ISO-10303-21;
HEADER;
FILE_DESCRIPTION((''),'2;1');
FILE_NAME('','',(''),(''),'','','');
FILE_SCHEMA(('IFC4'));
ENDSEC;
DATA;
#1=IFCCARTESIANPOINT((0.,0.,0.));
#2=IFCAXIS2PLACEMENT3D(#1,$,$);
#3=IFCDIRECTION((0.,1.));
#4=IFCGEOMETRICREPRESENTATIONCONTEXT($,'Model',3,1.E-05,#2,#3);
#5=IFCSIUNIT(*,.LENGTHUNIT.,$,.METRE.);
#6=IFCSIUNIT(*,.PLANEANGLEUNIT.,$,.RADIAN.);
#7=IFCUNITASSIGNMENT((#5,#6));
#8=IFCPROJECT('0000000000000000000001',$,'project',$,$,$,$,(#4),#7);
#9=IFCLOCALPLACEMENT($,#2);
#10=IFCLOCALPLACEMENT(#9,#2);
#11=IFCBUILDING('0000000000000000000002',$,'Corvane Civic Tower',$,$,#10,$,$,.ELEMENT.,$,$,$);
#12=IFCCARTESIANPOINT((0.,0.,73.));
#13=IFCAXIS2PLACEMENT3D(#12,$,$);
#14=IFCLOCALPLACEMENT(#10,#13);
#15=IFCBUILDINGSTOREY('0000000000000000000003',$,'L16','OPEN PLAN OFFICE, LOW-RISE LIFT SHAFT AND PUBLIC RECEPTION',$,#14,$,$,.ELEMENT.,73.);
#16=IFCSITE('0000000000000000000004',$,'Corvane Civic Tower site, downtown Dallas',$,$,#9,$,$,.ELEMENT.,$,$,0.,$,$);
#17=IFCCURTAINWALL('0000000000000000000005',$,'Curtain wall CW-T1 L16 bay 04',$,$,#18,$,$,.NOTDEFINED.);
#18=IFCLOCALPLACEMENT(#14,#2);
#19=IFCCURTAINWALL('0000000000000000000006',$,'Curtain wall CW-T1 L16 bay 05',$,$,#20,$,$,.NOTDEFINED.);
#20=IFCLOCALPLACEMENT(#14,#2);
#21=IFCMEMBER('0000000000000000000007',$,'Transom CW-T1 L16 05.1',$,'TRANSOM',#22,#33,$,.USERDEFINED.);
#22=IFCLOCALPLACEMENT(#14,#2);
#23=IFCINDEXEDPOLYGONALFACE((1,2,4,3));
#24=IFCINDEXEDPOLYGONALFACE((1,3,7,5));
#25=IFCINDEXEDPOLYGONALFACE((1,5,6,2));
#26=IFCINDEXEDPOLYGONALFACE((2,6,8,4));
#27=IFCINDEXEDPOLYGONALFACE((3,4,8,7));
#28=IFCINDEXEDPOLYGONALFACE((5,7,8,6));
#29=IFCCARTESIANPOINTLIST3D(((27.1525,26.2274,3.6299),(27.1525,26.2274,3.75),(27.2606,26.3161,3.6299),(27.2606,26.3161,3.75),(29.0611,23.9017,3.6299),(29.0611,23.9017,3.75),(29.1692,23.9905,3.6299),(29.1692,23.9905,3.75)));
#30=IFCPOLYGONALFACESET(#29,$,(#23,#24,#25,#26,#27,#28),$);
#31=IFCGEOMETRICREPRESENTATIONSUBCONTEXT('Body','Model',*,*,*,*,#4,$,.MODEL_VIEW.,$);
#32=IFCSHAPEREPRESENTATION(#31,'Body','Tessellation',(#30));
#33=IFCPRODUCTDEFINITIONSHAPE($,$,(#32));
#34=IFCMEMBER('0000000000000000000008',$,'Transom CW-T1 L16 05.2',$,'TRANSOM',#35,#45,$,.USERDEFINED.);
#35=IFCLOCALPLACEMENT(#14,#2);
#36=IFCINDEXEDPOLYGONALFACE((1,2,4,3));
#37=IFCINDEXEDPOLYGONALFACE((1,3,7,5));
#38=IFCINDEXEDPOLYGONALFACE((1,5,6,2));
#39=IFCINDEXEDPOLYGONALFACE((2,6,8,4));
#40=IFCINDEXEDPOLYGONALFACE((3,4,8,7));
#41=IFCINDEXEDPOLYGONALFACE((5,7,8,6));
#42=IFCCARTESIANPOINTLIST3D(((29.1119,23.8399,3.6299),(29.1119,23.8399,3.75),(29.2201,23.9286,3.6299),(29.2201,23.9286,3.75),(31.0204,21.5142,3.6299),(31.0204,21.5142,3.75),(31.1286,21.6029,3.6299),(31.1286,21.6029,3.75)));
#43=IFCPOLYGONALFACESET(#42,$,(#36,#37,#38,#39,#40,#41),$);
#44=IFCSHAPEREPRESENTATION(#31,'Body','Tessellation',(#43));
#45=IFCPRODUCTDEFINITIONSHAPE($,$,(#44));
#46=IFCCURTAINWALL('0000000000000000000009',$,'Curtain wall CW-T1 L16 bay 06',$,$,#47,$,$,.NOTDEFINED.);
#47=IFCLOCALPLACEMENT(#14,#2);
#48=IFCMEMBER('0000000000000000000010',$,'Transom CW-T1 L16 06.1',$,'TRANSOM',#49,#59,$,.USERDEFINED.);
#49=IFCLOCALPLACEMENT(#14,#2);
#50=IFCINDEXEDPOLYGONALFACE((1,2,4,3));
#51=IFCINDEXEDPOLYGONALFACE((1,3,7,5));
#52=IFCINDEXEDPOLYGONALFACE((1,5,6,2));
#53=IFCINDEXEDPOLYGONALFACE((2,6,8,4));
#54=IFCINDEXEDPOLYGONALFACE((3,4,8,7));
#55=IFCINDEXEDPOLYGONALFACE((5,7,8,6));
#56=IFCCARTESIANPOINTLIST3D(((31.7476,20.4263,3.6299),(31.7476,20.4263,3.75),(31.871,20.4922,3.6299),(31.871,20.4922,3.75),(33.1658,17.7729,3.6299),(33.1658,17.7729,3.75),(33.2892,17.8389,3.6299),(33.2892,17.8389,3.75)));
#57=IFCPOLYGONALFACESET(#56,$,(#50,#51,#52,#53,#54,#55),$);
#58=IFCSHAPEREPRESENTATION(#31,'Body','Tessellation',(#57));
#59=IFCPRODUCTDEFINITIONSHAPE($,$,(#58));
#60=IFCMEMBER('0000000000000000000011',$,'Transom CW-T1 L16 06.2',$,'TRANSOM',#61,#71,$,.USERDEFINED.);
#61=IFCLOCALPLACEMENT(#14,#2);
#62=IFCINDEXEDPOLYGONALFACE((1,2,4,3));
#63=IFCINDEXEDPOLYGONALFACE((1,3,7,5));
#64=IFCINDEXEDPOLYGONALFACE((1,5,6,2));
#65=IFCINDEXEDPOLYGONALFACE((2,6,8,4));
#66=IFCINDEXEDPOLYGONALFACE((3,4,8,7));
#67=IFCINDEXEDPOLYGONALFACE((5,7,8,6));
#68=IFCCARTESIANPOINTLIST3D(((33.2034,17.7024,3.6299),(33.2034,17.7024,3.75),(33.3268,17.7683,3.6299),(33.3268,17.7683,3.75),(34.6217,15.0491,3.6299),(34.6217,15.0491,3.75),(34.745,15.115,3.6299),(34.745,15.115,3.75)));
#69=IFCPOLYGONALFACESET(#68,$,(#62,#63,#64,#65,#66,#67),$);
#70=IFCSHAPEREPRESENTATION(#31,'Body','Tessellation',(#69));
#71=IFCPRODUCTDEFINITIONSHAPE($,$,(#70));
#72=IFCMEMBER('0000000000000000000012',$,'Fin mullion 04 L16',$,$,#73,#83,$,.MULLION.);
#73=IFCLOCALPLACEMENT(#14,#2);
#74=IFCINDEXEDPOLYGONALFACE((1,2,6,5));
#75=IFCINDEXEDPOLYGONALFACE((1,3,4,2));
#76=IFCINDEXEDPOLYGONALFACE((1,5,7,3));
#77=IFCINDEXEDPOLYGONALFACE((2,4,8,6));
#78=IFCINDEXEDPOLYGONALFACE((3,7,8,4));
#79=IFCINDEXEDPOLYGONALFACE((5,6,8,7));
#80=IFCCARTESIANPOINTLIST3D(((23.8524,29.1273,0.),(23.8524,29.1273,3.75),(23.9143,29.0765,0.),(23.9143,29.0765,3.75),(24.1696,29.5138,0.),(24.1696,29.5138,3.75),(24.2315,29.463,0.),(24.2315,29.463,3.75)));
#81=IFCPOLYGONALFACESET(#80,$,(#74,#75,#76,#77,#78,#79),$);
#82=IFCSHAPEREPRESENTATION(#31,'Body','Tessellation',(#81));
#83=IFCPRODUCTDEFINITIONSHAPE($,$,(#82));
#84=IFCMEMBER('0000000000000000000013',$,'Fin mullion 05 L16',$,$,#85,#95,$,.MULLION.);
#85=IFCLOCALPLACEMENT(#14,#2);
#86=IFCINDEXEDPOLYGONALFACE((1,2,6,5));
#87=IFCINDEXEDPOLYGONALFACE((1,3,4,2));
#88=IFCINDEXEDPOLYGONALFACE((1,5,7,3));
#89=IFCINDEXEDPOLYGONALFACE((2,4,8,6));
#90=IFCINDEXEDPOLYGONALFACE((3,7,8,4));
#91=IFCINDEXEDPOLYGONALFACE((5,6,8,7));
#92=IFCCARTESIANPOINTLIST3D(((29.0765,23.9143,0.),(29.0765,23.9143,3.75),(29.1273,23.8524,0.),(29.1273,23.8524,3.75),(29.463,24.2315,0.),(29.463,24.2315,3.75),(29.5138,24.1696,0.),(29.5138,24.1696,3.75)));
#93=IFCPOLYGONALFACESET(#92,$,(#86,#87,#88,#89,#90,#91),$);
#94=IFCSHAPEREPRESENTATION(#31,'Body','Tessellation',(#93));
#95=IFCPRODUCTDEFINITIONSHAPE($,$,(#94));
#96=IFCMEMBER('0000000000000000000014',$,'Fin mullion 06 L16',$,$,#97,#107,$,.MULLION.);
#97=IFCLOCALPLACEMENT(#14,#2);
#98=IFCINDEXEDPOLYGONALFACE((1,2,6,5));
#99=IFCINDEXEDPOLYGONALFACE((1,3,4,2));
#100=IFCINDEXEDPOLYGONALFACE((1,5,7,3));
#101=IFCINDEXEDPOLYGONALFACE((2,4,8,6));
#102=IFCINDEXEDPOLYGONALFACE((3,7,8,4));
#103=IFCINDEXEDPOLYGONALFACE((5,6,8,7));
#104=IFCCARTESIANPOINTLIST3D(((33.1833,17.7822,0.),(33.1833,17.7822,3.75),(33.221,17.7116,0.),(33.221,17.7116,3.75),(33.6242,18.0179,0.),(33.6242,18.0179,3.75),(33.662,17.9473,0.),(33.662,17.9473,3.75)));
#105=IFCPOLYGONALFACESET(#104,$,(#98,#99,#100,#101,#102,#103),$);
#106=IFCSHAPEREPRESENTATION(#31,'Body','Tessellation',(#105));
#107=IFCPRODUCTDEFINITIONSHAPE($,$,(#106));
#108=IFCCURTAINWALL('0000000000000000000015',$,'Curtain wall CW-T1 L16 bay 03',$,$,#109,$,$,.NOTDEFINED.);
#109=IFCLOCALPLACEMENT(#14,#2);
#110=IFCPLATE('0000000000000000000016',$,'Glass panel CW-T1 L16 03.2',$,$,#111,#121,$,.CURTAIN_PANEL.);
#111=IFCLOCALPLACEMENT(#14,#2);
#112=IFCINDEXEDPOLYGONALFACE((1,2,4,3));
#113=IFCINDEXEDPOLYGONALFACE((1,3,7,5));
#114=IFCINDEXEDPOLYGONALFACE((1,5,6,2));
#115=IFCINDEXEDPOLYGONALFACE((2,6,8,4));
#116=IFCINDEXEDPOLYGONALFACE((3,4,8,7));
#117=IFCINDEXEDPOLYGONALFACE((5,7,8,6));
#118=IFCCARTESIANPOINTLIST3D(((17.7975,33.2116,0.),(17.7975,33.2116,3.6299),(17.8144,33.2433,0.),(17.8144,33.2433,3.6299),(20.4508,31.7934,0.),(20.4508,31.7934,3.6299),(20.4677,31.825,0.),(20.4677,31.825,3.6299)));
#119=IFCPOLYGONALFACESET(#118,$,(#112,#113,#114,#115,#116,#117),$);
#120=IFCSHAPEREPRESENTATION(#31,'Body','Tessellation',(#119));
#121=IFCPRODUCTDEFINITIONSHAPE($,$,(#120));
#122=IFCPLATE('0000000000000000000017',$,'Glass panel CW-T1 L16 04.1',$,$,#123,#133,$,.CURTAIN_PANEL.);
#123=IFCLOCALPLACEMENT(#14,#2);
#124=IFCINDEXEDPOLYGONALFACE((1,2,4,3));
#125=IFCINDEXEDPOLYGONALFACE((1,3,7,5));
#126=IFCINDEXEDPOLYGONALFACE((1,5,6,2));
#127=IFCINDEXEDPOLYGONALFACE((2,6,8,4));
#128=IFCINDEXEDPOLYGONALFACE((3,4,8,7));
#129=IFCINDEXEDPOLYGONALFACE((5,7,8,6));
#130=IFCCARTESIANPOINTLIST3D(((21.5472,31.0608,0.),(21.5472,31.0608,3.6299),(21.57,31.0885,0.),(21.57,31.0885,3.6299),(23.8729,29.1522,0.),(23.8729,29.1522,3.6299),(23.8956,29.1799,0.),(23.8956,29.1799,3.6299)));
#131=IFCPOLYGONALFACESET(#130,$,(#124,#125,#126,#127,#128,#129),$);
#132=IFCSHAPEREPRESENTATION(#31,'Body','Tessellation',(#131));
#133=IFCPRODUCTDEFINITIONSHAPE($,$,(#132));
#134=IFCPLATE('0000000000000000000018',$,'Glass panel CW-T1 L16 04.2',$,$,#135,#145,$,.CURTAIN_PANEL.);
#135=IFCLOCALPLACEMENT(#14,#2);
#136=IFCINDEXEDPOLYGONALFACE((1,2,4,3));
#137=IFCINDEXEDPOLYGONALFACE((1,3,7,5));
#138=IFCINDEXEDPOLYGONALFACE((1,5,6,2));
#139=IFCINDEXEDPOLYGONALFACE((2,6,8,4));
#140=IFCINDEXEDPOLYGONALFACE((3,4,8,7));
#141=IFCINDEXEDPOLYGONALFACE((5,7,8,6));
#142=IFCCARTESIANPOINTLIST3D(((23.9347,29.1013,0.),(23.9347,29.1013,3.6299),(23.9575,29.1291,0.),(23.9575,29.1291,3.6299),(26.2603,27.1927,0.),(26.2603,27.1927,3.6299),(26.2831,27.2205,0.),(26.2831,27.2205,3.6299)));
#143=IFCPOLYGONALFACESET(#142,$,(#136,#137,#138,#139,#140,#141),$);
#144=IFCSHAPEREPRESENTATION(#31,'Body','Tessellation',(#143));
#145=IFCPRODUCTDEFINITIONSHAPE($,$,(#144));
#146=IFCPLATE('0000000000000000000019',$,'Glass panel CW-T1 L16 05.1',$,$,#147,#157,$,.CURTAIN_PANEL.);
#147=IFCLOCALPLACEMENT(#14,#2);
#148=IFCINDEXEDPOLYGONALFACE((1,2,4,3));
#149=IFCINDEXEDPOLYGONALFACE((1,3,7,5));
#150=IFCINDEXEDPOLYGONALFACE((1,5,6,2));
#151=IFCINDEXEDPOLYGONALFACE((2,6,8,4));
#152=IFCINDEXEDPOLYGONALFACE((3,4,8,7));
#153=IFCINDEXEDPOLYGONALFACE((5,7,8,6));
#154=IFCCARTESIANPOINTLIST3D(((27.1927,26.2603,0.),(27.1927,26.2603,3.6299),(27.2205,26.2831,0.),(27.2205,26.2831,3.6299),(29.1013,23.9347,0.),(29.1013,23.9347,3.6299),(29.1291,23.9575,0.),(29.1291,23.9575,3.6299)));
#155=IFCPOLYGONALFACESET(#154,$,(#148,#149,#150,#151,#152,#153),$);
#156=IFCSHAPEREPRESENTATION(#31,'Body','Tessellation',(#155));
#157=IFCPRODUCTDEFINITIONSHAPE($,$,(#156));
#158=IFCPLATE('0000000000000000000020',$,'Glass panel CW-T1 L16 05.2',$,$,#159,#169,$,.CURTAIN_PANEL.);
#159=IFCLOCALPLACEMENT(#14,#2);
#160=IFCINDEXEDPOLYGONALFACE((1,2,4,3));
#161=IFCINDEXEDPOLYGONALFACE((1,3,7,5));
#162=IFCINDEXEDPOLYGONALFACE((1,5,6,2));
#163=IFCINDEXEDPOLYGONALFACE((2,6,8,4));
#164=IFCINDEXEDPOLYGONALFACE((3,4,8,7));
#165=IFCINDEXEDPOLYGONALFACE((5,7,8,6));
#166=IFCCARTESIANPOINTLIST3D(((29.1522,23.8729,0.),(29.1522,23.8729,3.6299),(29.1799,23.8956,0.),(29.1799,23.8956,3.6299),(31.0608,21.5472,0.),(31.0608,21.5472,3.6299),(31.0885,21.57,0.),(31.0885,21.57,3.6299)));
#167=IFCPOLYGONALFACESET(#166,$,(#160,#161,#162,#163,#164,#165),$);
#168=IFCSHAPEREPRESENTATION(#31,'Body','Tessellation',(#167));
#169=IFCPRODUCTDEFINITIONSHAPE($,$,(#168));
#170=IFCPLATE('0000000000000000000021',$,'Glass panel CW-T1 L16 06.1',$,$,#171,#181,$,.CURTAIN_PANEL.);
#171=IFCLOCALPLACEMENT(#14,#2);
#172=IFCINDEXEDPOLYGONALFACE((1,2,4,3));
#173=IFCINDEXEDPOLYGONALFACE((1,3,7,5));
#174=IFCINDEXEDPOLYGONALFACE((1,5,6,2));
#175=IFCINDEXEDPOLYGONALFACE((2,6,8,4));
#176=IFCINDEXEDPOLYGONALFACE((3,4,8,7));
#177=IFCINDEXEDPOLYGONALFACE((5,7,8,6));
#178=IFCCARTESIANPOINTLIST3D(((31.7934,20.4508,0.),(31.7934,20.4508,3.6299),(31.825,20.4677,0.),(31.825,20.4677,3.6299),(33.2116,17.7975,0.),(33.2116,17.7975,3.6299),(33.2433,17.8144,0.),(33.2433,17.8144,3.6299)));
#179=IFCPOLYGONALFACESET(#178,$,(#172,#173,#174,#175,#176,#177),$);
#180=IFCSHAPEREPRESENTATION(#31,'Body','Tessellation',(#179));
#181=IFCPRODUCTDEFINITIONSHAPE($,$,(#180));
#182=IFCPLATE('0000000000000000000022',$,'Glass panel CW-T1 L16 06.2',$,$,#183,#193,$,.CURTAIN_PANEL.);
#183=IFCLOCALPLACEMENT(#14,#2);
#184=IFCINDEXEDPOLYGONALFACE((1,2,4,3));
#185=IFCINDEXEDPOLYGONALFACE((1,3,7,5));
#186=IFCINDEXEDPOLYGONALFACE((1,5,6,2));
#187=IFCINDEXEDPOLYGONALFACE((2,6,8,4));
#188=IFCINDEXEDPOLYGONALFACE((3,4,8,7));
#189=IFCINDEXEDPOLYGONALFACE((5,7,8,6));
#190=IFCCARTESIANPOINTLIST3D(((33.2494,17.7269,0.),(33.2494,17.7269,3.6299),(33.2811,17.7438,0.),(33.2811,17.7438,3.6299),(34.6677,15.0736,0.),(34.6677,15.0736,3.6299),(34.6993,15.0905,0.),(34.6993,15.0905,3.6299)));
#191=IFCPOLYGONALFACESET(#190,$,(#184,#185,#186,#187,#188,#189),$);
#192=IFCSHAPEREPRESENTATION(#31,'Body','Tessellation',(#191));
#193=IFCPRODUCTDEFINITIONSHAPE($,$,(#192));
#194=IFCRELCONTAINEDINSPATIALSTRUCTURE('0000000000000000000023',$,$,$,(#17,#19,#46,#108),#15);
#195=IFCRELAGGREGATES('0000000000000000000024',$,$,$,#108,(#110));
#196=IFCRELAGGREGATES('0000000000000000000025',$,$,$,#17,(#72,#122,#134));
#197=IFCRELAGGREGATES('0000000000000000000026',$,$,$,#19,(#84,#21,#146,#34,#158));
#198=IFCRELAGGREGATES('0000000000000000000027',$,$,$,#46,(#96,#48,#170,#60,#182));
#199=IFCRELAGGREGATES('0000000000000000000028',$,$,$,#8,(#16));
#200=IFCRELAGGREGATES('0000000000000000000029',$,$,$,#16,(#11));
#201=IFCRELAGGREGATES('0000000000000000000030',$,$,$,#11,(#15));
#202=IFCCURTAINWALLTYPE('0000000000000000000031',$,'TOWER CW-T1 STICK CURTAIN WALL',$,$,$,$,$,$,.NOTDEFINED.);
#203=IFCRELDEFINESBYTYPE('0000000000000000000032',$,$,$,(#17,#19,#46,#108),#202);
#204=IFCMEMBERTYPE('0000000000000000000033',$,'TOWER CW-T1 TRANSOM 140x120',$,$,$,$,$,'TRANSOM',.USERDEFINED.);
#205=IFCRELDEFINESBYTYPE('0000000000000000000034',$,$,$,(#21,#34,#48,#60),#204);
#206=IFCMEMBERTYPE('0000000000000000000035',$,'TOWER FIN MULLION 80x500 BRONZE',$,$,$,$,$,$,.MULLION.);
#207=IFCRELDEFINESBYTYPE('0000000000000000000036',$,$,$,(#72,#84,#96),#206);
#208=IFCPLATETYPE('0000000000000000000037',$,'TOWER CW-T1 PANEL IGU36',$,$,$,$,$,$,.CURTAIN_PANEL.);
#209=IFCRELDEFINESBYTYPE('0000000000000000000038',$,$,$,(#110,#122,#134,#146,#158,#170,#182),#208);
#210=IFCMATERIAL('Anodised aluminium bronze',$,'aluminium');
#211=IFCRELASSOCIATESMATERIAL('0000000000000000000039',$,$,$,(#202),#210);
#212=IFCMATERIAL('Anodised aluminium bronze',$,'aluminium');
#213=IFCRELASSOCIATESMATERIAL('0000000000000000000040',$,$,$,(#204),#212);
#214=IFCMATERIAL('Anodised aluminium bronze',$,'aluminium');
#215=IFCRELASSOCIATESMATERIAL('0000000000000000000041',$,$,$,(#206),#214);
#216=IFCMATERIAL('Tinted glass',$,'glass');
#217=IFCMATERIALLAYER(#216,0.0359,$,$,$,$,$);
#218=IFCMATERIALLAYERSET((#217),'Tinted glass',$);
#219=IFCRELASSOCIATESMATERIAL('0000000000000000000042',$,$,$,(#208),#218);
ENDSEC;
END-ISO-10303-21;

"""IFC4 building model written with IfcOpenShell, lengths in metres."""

from ifc_helpers import new_model, si_unit, direction, frame, origin, origin_2d, place, context, subcontext, project, spatial, rectangle, extrude, material, layer, layer_set, material_profile, profile_set, type_object, element, aggregate, save


model = new_model("IFC4")

# Units and contexts
model_context = context("Model", 3, precision=1e-05, world=origin(), true_north=direction((0.0, 1.0)))
body_context = subcontext(model_context, "Body", "Model", "MODEL_VIEW")
ifc_project = project(units=[si_unit("LENGTHUNIT", "METRE"), si_unit("PLANEANGLEUNIT", "RADIAN")], contexts=[model_context])

# Site, building, storey
site_placement = place(None, origin())
site = spatial("IfcSite", under=ifc_project, at=site_placement, Name="Corvane Civic Tower site, downtown Dallas", CompositionType="ELEMENT", RefElevation=0.0)
building_placement = place(site_placement, origin())
building = spatial("IfcBuilding", under=site, at=building_placement, Name="Corvane Civic Tower", CompositionType="ELEMENT")
storey_placement = place(building_placement, frame((0.0, 0.0, 73.0)))
storey = spatial("IfcBuildingStorey", under=building, at=storey_placement, Name="L16", Description="OPEN PLAN OFFICE, LOW-RISE LIFT SHAFT AND PUBLIC RECEPTION", CompositionType="ELEMENT", Elevation=73.0)

# Curtain walls, members
ifc_material_1 = material(Name="Anodised aluminium bronze", Category="aluminium")
curtain_wall_type = type_object("IfcCurtainWallType", Name="TOWER CW-T1 STICK CURTAIN WALL", PredefinedType="NOTDEFINED", material=ifc_material_1)
curtain_wall_1_placement = place(storey_placement, origin())
curtain_wall_1 = element("IfcCurtainWall", 1, at=curtain_wall_1_placement, inside=storey, type_object=curtain_wall_type, Name="Curtain wall CW-T1 L16 bay 04", PredefinedType="NOTDEFINED")
ifc_material_2 = material(Name="Anodised aluminium bronze", Category="aluminium")
ifc_material_profile_1 = material_profile(ifc_material_2, rectangle(XDim=0.1399, YDim=0.1201, at=origin_2d()), Name="TOWER CW-T1 TRANSOM 140x120")
ifc_profile_set_1 = profile_set([ifc_material_profile_1], Name="Anodised aluminium bronze")
member_type_1 = type_object("IfcMemberType", Name="TOWER CW-T1 TRANSOM 140x120", ElementType="TRANSOM", PredefinedType="USERDEFINED", material=ifc_profile_set_1)
curtain_wall_2_placement = place(storey_placement, origin())
curtain_wall_2 = element("IfcCurtainWall", 2, at=curtain_wall_2_placement, inside=storey, type_object=curtain_wall_type, Name="Curtain wall CW-T1 L16 bay 05", PredefinedType="NOTDEFINED")
member_1_placement = place(storey_placement, frame((27.2065, 26.2717, 3.6899), z_axis=(0.634404, -0.773002, 0.0), x_axis=(0.773002, 0.634404, 0.0)))
member_1 = element("IfcMember", 3, at=member_1_placement, type_object=member_type_1, Name="Transom CW-T1 L16 05.1", ObjectType="TRANSOM", PredefinedType="USERDEFINED", context=body_context, shape_type="SweptSolid", body=[
    extrude(rectangle(XDim=0.1399, YDim=0.1201, at=origin_2d()), origin(), (0.0, 0.0, 1.0), 3.0085),
])
member_2_placement = place(storey_placement, frame((29.166, 23.8843, 3.6899), z_axis=(0.634355, -0.773042, 0.0), x_axis=(0.773042, 0.634355, 0.0)))
member_2 = element("IfcMember", 4, at=member_2_placement, type_object=member_type_1, Name="Transom CW-T1 L16 05.2", ObjectType="TRANSOM", PredefinedType="USERDEFINED", context=body_context, shape_type="SweptSolid", body=[
    extrude(rectangle(XDim=0.1399, YDim=0.1201, at=origin_2d()), origin(), (0.0, 0.0, 1.0), 3.0085),
])
curtain_wall_3_placement = place(storey_placement, origin())
curtain_wall_3 = element("IfcCurtainWall", 5, at=curtain_wall_3_placement, inside=storey, type_object=curtain_wall_type, Name="Curtain wall CW-T1 L16 bay 06", PredefinedType="NOTDEFINED")
member_3_placement = place(storey_placement, frame((31.8093, 20.4592, 3.6899), z_axis=(0.471393, -0.881924, 0.0), x_axis=(0.881924, 0.471393, 0.0)))
member_3 = element("IfcMember", 6, at=member_3_placement, type_object=member_type_1, Name="Transom CW-T1 L16 06.1", ObjectType="TRANSOM", PredefinedType="USERDEFINED", context=body_context, shape_type="SweptSolid", body=[
    extrude(rectangle(XDim=0.1399, YDim=0.1201, at=origin_2d()), origin(), (0.0, 0.0, 1.0), 3.0085),
])
member_4_placement = place(storey_placement, frame((33.2651, 17.7354, 3.6899), z_axis=(0.471393, -0.881924, 0.0), x_axis=(0.881924, 0.471393, 0.0)))
member_4 = element("IfcMember", 7, at=member_4_placement, type_object=member_type_1, Name="Transom CW-T1 L16 06.2", ObjectType="TRANSOM", PredefinedType="USERDEFINED", context=body_context, shape_type="SweptSolid", body=[
    extrude(rectangle(XDim=0.1399, YDim=0.1201, at=origin_2d()), origin(), (0.0, 0.0, 1.0), 3.0085),
])

# Members
ifc_material_3 = material(Name="Anodised aluminium bronze", Category="aluminium")
ifc_material_profile_2 = material_profile(ifc_material_3, rectangle(XDim=0.0801, YDim=0.5, at=origin_2d()), Name="TOWER FIN MULLION 80x500 BRONZE")
ifc_profile_set_2 = profile_set([ifc_material_profile_2], Name="Anodised aluminium bronze")
member_type_2 = type_object("IfcMemberType", Name="TOWER FIN MULLION 80x500 BRONZE", PredefinedType="MULLION", material=ifc_profile_set_2)
member_5_placement = place(storey_placement, frame((24.042, 29.2952, 0.0), z_axis=(0.0, 0.0, 1.0), x_axis=(0.773007, -0.634397, 0.0)))
member_5 = element("IfcMember", 8, at=member_5_placement, type_object=member_type_2, Name="Fin mullion 04 L16", PredefinedType="MULLION", context=body_context, shape_type="SweptSolid", body=[
    extrude(rectangle(XDim=0.0801, YDim=0.5, at=origin_2d()), origin(), (0.0, 0.0, 1.0), 3.75),
])
member_6_placement = place(storey_placement, frame((29.2952, 24.042, 0.0), z_axis=(0.0, 0.0, 1.0), x_axis=(0.634397, -0.773007, 0.0)))
member_6 = element("IfcMember", 9, at=member_6_placement, type_object=member_type_2, Name="Fin mullion 05 L16", PredefinedType="MULLION", context=body_context, shape_type="SweptSolid", body=[
    extrude(rectangle(XDim=0.0801, YDim=0.5, at=origin_2d()), origin(), (0.0, 0.0, 1.0), 3.75),
])
member_7_placement = place(storey_placement, frame((33.4226, 17.8647, 0.0), z_axis=(0.0, 0.0, 1.0), x_axis=(0.471404, -0.881918, 0.0)))
member_7 = element("IfcMember", 10, at=member_7_placement, type_object=member_type_2, Name="Fin mullion 06 L16", PredefinedType="MULLION", context=body_context, shape_type="SweptSolid", body=[
    extrude(rectangle(XDim=0.0801, YDim=0.5, at=origin_2d()), origin(), (0.0, 0.0, 1.0), 3.75),
])

# Curtain wall, plate
curtain_wall_4_placement = place(storey_placement, origin())
curtain_wall_4 = element("IfcCurtainWall", 11, at=curtain_wall_4_placement, inside=storey, type_object=curtain_wall_type, Name="Curtain wall CW-T1 L16 bay 03", PredefinedType="NOTDEFINED")
ifc_material_4 = material(Name="Tinted glass", Category="glass")
ifc_layer_1 = layer(ifc_material_4, 0.0359)
ifc_layer_set_1 = layer_set([ifc_layer_1], Name="Tinted glass")
plate_type = type_object("IfcPlateType", Name="TOWER CW-T1 PANEL IGU36", PredefinedType="CURTAIN_PANEL", material=ifc_layer_set_1)
plate_1_placement = place(storey_placement, frame((19.1326, 32.5183, 0.0), z_axis=(0.0, 0.0, 1.0), x_axis=(0.881918, -0.471404, 0.0)))
plate_1 = element("IfcPlate", 12, at=plate_1_placement, type_object=plate_type, Name="Glass panel CW-T1 L16 03.2", PredefinedType="CURTAIN_PANEL", context=body_context, shape_type="SweptSolid", body=[
    extrude(rectangle(XDim=3.0085, YDim=0.0359, at=origin_2d()), origin(), (0.0, 0.0, 1.0), 3.6299),
])
aggregate(curtain_wall_4, [plate_1])

# Plates
plate_2_placement = place(storey_placement, frame((22.7214, 30.1204, 0.0), z_axis=(0.0, 0.0, 1.0), x_axis=(0.773007, -0.634397, 0.0)))
plate_2 = element("IfcPlate", 13, at=plate_2_placement, type_object=plate_type, Name="Glass panel CW-T1 L16 04.1", PredefinedType="CURTAIN_PANEL", context=body_context, shape_type="SweptSolid", body=[
    extrude(rectangle(XDim=3.0085, YDim=0.0359, at=origin_2d()), origin(), (0.0, 0.0, 1.0), 3.6299),
])
plate_3_placement = place(storey_placement, frame((25.1089, 28.1609, 0.0), z_axis=(0.0, 0.0, 1.0), x_axis=(0.773007, -0.634397, 0.0)))
plate_3 = element("IfcPlate", 14, at=plate_3_placement, type_object=plate_type, Name="Glass panel CW-T1 L16 04.2", PredefinedType="CURTAIN_PANEL", context=body_context, shape_type="SweptSolid", body=[
    extrude(rectangle(XDim=3.0085, YDim=0.0359, at=origin_2d()), origin(), (0.0, 0.0, 1.0), 3.6299),
])
aggregate(curtain_wall_1, [member_5, plate_2, plate_3])
plate_4_placement = place(storey_placement, frame((28.1609, 25.1089, 0.0), z_axis=(0.0, 0.0, 1.0), x_axis=(0.634397, -0.773007, 0.0)))
plate_4 = element("IfcPlate", 15, at=plate_4_placement, type_object=plate_type, Name="Glass panel CW-T1 L16 05.1", PredefinedType="CURTAIN_PANEL", context=body_context, shape_type="SweptSolid", body=[
    extrude(rectangle(XDim=3.0085, YDim=0.0359, at=origin_2d()), origin(), (0.0, 0.0, 1.0), 3.6299),
])
plate_5_placement = place(storey_placement, frame((30.1204, 22.7214, 0.0), z_axis=(0.0, 0.0, 1.0), x_axis=(0.634397, -0.773007, 0.0)))
plate_5 = element("IfcPlate", 16, at=plate_5_placement, type_object=plate_type, Name="Glass panel CW-T1 L16 05.2", PredefinedType="CURTAIN_PANEL", context=body_context, shape_type="SweptSolid", body=[
    extrude(rectangle(XDim=3.0085, YDim=0.0359, at=origin_2d()), origin(), (0.0, 0.0, 1.0), 3.6299),
])
aggregate(curtain_wall_2, [member_6, member_1, plate_4, member_2, plate_5])
plate_6_placement = place(storey_placement, frame((32.5183, 19.1326, 0.0), z_axis=(0.0, 0.0, 1.0), x_axis=(0.471404, -0.881918, 0.0)))
plate_6 = element("IfcPlate", 17, at=plate_6_placement, type_object=plate_type, Name="Glass panel CW-T1 L16 06.1", PredefinedType="CURTAIN_PANEL", context=body_context, shape_type="SweptSolid", body=[
    extrude(rectangle(XDim=3.0085, YDim=0.0359, at=origin_2d()), origin(), (0.0, 0.0, 1.0), 3.6299),
])
plate_7_placement = place(storey_placement, frame((33.9744, 16.4087, 0.0), z_axis=(0.0, 0.0, 1.0), x_axis=(0.471404, -0.881918, 0.0)))
plate_7 = element("IfcPlate", 18, at=plate_7_placement, type_object=plate_type, Name="Glass panel CW-T1 L16 06.2", PredefinedType="CURTAIN_PANEL", context=body_context, shape_type="SweptSolid", body=[
    extrude(rectangle(XDim=3.0085, YDim=0.0359, at=origin_2d()), origin(), (0.0, 0.0, 1.0), 3.6299),
])
aggregate(curtain_wall_3, [member_7, member_3, plate_6, member_4, plate_7])

save(model, "model.ifc")
